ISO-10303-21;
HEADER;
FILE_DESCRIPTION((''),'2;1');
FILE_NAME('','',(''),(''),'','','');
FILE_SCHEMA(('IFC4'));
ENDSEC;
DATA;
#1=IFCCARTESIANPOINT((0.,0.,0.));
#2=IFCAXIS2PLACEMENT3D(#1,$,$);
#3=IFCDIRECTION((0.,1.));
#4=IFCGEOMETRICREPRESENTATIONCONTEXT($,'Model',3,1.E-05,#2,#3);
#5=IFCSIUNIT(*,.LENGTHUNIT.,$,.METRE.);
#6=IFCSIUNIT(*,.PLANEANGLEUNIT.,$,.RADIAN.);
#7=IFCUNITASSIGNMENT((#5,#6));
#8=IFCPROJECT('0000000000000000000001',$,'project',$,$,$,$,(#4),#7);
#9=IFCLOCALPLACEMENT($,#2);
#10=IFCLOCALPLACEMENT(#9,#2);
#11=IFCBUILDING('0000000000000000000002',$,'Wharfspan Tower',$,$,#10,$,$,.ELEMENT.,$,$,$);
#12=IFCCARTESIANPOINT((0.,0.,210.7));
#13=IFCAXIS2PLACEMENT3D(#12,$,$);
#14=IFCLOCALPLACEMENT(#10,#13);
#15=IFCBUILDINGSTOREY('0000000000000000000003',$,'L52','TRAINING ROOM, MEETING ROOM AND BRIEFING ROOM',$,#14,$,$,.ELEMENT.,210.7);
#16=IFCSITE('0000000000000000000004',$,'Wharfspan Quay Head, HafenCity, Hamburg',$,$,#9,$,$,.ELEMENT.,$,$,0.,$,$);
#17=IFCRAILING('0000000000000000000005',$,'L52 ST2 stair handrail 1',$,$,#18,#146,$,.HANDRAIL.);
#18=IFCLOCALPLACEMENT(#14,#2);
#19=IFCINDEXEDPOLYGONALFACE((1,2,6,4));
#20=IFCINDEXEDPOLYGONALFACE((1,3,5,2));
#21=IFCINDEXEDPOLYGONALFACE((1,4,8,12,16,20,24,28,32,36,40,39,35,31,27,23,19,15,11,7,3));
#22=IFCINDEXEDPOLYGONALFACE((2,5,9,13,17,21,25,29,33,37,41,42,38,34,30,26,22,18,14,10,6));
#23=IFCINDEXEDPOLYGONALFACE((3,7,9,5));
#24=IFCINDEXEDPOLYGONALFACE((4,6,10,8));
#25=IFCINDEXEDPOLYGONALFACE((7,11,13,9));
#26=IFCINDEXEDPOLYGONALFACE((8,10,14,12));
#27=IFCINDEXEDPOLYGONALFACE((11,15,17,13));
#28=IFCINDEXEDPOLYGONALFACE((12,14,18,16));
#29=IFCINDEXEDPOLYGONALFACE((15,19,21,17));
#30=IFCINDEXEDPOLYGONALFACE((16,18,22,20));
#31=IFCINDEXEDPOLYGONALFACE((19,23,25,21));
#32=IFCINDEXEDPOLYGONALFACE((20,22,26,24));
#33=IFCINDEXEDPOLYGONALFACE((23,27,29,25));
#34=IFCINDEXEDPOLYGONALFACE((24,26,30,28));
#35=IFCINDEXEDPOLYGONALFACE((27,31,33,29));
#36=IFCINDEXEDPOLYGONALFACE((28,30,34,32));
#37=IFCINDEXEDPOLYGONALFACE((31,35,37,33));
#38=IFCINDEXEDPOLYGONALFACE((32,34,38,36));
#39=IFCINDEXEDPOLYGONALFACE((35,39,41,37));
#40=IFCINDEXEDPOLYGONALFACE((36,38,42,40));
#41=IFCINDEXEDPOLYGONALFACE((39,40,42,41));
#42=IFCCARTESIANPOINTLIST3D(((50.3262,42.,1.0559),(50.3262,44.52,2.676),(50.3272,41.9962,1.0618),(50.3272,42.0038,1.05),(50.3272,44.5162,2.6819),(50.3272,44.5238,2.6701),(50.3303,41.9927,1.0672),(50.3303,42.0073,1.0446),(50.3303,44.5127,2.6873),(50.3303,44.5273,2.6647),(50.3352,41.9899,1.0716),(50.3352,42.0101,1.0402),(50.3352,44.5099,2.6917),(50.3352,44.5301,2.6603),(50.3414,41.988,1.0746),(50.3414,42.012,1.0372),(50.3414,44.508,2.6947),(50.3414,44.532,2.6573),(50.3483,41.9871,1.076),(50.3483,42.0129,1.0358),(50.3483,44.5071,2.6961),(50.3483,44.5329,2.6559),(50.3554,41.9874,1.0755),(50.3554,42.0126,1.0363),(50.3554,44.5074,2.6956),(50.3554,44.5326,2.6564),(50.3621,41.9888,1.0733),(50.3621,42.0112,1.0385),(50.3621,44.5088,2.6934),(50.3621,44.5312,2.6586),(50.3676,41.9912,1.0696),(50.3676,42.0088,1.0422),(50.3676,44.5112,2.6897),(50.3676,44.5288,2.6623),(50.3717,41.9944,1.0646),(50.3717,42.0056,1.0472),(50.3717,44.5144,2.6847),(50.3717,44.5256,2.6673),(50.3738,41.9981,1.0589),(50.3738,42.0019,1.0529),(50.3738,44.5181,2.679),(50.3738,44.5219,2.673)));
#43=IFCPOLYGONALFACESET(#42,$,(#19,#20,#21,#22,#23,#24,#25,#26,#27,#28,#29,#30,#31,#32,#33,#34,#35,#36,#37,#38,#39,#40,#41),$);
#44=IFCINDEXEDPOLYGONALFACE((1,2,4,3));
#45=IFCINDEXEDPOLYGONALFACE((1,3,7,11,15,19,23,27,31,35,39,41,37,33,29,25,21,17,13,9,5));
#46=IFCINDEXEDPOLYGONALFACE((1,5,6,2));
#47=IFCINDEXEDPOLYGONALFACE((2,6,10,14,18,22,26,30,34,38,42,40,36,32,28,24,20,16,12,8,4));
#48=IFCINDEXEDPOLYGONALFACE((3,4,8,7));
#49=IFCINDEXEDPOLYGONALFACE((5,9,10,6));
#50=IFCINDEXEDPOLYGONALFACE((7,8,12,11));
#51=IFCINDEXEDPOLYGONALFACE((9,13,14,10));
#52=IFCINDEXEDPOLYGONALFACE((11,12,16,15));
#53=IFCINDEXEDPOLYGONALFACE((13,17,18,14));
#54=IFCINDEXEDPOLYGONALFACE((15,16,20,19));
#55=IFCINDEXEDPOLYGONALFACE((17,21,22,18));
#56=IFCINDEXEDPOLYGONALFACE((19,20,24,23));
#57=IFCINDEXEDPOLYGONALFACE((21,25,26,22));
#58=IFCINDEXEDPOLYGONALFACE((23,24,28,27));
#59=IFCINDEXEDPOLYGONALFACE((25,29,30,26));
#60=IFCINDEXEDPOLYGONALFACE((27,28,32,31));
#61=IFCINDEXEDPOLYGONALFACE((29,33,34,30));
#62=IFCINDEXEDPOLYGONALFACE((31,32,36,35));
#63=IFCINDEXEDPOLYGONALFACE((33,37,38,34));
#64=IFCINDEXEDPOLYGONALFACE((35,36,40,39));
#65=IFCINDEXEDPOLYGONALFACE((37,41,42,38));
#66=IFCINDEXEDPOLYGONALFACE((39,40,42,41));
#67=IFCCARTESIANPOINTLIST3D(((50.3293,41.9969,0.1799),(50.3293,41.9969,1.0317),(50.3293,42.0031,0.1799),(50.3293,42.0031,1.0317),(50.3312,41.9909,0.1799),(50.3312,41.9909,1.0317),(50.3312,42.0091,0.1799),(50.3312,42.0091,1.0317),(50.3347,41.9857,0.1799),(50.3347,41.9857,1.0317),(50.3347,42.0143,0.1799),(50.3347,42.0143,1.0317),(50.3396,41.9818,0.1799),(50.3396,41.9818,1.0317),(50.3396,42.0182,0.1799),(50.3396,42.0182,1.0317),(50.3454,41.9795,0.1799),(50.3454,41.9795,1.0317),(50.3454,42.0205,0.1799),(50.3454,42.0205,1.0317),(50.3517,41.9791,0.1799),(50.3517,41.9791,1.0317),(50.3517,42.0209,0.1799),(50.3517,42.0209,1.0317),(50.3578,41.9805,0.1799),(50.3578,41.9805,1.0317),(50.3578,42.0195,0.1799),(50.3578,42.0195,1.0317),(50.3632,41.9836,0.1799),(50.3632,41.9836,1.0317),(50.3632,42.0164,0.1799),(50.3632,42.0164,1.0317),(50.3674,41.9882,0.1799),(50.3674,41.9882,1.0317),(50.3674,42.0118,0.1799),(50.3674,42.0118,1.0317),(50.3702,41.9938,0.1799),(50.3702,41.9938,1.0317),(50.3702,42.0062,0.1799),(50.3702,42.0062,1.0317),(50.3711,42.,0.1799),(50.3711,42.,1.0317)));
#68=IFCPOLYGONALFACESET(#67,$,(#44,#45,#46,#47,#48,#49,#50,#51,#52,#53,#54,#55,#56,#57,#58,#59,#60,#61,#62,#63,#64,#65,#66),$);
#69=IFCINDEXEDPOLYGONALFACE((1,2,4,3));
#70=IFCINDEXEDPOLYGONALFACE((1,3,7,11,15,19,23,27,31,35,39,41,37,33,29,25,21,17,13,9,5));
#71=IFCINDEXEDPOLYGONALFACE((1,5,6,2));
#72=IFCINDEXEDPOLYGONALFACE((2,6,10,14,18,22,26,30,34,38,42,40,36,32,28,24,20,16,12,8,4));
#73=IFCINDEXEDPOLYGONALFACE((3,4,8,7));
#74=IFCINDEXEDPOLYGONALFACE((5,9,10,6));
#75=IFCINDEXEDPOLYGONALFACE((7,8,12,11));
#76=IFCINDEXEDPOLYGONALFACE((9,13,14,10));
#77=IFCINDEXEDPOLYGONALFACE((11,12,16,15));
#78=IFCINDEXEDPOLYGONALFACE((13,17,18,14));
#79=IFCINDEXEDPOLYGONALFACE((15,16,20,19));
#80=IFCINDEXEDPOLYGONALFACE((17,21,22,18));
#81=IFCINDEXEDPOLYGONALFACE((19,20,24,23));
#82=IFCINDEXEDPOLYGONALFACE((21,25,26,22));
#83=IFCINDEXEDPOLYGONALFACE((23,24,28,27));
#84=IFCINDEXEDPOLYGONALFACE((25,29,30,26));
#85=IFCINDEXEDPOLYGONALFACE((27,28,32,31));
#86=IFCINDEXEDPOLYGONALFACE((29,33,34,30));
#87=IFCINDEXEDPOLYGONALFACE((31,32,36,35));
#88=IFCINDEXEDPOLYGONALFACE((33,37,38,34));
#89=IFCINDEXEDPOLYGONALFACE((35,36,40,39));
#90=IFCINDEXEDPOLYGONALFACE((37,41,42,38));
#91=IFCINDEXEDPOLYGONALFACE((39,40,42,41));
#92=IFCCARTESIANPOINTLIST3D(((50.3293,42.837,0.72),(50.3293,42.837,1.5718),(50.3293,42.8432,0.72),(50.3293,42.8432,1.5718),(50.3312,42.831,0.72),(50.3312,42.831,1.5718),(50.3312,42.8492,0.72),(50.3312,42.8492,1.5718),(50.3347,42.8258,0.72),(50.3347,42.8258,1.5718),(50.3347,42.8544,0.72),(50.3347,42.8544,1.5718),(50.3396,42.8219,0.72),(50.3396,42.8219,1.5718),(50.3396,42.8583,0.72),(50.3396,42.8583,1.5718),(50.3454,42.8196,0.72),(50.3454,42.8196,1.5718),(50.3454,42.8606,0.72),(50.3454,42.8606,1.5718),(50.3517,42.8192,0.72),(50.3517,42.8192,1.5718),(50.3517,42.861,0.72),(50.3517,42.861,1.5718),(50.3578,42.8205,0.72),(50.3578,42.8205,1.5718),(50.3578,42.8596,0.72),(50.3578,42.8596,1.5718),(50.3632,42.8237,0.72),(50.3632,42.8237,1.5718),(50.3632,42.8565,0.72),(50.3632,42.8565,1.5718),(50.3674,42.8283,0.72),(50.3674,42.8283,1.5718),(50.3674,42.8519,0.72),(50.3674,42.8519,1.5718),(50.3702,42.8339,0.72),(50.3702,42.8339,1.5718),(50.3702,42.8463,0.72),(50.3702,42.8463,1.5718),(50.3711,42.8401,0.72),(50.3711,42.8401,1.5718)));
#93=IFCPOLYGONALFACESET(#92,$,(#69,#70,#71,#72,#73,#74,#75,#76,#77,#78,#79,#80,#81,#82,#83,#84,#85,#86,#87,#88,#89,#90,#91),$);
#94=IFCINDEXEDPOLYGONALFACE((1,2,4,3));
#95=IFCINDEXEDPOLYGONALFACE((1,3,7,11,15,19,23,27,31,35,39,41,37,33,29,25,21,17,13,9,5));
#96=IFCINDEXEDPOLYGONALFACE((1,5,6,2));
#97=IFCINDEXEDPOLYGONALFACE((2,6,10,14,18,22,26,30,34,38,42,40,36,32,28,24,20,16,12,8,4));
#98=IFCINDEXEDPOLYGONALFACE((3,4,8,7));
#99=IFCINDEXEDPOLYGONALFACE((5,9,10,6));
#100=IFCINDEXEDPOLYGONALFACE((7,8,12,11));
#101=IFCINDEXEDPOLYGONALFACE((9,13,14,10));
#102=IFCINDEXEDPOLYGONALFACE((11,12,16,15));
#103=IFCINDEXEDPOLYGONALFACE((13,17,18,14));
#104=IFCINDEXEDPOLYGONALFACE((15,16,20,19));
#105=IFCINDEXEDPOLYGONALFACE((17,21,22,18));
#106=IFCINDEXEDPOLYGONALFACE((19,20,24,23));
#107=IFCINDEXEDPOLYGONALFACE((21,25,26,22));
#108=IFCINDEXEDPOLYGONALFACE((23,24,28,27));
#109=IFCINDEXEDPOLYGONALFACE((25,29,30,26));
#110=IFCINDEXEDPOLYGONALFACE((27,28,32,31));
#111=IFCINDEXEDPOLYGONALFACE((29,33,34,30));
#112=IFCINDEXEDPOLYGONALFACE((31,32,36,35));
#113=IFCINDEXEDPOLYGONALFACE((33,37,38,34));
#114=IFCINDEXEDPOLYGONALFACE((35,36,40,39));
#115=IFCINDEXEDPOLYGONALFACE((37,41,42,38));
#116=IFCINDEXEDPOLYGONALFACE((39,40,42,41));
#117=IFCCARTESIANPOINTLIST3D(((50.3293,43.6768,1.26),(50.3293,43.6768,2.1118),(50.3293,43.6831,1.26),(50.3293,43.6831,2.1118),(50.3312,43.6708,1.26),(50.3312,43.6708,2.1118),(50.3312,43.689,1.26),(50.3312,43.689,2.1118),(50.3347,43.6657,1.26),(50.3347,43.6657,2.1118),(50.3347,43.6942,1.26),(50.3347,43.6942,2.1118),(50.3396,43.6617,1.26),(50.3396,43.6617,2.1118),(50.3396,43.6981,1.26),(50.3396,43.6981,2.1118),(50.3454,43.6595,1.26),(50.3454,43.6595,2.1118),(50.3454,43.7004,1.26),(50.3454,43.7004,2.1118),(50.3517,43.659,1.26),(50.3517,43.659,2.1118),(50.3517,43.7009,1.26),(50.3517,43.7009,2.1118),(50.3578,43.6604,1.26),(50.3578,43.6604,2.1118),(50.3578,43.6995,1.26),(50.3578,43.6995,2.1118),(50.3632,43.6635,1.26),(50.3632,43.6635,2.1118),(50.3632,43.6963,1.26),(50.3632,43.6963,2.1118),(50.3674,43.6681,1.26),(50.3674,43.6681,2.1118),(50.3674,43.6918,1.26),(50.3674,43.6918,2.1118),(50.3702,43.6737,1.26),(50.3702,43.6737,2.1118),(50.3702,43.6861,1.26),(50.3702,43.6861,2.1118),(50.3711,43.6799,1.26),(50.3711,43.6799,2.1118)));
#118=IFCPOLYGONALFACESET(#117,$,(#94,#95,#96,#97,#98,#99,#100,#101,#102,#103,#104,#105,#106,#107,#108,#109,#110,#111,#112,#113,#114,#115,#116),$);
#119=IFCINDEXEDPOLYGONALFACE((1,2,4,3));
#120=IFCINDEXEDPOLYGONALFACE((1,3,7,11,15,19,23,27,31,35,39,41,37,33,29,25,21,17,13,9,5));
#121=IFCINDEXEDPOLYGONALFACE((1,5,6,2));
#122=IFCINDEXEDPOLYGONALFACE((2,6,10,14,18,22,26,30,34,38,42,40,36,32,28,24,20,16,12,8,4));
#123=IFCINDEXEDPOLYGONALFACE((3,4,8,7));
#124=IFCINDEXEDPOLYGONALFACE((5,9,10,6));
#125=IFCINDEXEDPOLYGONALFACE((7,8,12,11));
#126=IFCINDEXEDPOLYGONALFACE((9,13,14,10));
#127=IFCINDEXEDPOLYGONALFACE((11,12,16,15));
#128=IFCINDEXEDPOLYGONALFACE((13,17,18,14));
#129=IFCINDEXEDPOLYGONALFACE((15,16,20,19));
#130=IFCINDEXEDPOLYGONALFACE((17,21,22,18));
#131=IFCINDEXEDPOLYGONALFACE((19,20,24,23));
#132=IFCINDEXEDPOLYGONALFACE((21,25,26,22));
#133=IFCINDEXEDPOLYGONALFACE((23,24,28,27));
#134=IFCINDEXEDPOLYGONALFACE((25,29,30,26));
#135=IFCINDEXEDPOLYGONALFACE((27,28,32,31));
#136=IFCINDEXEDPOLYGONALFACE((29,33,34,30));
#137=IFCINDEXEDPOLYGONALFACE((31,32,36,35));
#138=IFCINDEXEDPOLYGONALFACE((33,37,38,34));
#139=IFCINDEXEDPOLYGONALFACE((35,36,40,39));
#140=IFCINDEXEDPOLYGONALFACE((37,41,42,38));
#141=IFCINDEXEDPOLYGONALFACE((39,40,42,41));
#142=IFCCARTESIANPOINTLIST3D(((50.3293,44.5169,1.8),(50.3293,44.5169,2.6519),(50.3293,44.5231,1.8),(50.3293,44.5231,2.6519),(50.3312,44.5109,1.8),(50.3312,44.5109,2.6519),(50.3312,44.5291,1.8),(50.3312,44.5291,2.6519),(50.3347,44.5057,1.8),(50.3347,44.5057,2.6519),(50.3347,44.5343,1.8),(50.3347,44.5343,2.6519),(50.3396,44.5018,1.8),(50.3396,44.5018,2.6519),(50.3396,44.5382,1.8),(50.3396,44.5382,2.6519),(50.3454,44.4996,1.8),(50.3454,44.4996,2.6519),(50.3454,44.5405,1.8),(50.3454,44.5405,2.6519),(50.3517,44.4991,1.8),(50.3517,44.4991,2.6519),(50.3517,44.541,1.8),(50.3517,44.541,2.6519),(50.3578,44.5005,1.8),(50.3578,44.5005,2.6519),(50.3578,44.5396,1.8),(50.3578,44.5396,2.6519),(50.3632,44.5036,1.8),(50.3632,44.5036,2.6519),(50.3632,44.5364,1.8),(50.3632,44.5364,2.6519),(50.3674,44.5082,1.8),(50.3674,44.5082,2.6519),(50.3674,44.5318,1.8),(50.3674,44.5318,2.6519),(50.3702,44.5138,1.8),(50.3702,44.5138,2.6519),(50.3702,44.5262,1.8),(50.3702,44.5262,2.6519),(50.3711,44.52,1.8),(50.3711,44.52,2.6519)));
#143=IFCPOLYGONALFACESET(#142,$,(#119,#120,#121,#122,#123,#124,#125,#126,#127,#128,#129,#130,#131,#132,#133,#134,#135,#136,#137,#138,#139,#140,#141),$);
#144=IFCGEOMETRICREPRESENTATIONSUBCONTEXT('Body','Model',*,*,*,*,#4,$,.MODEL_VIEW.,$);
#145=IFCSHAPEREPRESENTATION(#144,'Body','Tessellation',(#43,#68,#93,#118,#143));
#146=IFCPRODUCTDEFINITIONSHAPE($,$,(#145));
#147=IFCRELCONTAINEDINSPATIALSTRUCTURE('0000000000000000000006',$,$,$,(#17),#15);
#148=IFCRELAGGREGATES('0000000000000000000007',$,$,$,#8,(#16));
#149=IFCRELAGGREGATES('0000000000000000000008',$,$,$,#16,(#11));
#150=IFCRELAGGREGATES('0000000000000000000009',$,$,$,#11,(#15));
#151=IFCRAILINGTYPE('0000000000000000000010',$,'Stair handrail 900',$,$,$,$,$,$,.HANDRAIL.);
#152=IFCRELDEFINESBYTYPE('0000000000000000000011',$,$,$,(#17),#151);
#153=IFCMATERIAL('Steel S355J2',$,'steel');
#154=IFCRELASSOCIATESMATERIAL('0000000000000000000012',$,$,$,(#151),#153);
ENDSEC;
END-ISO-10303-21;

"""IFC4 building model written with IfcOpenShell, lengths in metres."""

from ifc_helpers import new_model, si_unit, direction, frame, origin, origin_2d, place, context, subcontext, project, spatial, circle, extrude, material, type_object, element, save


model = new_model("IFC4")

# Units and contexts
model_context = context("Model", 3, precision=1e-05, world=origin(), true_north=direction((0.0, 1.0)))
body_context = subcontext(model_context, "Body", "Model", "MODEL_VIEW")
ifc_project = project(units=[si_unit("LENGTHUNIT", "METRE"), si_unit("PLANEANGLEUNIT", "RADIAN")], contexts=[model_context])

# Site, building, storey
site_placement = place(None, origin())
site = spatial("IfcSite", under=ifc_project, at=site_placement, Name="Wharfspan Quay Head, HafenCity, Hamburg", CompositionType="ELEMENT", RefElevation=0.0)
building_placement = place(site_placement, origin())
building = spatial("IfcBuilding", under=site, at=building_placement, Name="Wharfspan Tower", CompositionType="ELEMENT")
storey_placement = place(building_placement, frame((0.0, 0.0, 210.7)))
storey = spatial("IfcBuildingStorey", under=building, at=storey_placement, Name="L52", Description="TRAINING ROOM, MEETING ROOM AND BRIEFING ROOM", CompositionType="ELEMENT", Elevation=210.7)

# Shared definitions
ifc_material_1 = material(Name="Steel S355J2", Category="steel")

# Railing
railing_type_1 = type_object("IfcRailingType", Name="Stair handrail 900", PredefinedType="HANDRAIL", material=ifc_material_1)
railing_1_placement = place(storey_placement, frame((50.3501, 42.0, 0.1799)))
element("IfcRailing", 1, at=railing_1_placement, inside=storey, type_object=railing_type_1, Name="L52 ST2 stair handrail 1", PredefinedType="HANDRAIL", context=body_context, shape_type="SweptSolid", body=[
    extrude(circle(Radius=0.0239, at=origin_2d()), frame((0.0, 0.0, 0.876), z_axis=(0.0, 0.841163, 0.540782), x_axis=(-1.0, 0.0, 0.0)), (0.0, 0.0, 1.0), 2.9958),
    extrude(circle(Radius=0.021, at=origin_2d()), origin(), (0.0, 0.0, 1.0), 0.8518),
    extrude(circle(Radius=0.021, at=origin_2d()), frame((0.0, 0.8401, 0.54)), (0.0, 0.0, 1.0), 0.8518),
    extrude(circle(Radius=0.021, at=origin_2d()), frame((0.0, 1.6799, 1.0801)), (0.0, 0.0, 1.0), 0.8518),
    extrude(circle(Radius=0.021, at=origin_2d()), frame((0.0, 2.52, 1.6201)), (0.0, 0.0, 1.0), 0.8518),
])

save(model, "model.ifc")
